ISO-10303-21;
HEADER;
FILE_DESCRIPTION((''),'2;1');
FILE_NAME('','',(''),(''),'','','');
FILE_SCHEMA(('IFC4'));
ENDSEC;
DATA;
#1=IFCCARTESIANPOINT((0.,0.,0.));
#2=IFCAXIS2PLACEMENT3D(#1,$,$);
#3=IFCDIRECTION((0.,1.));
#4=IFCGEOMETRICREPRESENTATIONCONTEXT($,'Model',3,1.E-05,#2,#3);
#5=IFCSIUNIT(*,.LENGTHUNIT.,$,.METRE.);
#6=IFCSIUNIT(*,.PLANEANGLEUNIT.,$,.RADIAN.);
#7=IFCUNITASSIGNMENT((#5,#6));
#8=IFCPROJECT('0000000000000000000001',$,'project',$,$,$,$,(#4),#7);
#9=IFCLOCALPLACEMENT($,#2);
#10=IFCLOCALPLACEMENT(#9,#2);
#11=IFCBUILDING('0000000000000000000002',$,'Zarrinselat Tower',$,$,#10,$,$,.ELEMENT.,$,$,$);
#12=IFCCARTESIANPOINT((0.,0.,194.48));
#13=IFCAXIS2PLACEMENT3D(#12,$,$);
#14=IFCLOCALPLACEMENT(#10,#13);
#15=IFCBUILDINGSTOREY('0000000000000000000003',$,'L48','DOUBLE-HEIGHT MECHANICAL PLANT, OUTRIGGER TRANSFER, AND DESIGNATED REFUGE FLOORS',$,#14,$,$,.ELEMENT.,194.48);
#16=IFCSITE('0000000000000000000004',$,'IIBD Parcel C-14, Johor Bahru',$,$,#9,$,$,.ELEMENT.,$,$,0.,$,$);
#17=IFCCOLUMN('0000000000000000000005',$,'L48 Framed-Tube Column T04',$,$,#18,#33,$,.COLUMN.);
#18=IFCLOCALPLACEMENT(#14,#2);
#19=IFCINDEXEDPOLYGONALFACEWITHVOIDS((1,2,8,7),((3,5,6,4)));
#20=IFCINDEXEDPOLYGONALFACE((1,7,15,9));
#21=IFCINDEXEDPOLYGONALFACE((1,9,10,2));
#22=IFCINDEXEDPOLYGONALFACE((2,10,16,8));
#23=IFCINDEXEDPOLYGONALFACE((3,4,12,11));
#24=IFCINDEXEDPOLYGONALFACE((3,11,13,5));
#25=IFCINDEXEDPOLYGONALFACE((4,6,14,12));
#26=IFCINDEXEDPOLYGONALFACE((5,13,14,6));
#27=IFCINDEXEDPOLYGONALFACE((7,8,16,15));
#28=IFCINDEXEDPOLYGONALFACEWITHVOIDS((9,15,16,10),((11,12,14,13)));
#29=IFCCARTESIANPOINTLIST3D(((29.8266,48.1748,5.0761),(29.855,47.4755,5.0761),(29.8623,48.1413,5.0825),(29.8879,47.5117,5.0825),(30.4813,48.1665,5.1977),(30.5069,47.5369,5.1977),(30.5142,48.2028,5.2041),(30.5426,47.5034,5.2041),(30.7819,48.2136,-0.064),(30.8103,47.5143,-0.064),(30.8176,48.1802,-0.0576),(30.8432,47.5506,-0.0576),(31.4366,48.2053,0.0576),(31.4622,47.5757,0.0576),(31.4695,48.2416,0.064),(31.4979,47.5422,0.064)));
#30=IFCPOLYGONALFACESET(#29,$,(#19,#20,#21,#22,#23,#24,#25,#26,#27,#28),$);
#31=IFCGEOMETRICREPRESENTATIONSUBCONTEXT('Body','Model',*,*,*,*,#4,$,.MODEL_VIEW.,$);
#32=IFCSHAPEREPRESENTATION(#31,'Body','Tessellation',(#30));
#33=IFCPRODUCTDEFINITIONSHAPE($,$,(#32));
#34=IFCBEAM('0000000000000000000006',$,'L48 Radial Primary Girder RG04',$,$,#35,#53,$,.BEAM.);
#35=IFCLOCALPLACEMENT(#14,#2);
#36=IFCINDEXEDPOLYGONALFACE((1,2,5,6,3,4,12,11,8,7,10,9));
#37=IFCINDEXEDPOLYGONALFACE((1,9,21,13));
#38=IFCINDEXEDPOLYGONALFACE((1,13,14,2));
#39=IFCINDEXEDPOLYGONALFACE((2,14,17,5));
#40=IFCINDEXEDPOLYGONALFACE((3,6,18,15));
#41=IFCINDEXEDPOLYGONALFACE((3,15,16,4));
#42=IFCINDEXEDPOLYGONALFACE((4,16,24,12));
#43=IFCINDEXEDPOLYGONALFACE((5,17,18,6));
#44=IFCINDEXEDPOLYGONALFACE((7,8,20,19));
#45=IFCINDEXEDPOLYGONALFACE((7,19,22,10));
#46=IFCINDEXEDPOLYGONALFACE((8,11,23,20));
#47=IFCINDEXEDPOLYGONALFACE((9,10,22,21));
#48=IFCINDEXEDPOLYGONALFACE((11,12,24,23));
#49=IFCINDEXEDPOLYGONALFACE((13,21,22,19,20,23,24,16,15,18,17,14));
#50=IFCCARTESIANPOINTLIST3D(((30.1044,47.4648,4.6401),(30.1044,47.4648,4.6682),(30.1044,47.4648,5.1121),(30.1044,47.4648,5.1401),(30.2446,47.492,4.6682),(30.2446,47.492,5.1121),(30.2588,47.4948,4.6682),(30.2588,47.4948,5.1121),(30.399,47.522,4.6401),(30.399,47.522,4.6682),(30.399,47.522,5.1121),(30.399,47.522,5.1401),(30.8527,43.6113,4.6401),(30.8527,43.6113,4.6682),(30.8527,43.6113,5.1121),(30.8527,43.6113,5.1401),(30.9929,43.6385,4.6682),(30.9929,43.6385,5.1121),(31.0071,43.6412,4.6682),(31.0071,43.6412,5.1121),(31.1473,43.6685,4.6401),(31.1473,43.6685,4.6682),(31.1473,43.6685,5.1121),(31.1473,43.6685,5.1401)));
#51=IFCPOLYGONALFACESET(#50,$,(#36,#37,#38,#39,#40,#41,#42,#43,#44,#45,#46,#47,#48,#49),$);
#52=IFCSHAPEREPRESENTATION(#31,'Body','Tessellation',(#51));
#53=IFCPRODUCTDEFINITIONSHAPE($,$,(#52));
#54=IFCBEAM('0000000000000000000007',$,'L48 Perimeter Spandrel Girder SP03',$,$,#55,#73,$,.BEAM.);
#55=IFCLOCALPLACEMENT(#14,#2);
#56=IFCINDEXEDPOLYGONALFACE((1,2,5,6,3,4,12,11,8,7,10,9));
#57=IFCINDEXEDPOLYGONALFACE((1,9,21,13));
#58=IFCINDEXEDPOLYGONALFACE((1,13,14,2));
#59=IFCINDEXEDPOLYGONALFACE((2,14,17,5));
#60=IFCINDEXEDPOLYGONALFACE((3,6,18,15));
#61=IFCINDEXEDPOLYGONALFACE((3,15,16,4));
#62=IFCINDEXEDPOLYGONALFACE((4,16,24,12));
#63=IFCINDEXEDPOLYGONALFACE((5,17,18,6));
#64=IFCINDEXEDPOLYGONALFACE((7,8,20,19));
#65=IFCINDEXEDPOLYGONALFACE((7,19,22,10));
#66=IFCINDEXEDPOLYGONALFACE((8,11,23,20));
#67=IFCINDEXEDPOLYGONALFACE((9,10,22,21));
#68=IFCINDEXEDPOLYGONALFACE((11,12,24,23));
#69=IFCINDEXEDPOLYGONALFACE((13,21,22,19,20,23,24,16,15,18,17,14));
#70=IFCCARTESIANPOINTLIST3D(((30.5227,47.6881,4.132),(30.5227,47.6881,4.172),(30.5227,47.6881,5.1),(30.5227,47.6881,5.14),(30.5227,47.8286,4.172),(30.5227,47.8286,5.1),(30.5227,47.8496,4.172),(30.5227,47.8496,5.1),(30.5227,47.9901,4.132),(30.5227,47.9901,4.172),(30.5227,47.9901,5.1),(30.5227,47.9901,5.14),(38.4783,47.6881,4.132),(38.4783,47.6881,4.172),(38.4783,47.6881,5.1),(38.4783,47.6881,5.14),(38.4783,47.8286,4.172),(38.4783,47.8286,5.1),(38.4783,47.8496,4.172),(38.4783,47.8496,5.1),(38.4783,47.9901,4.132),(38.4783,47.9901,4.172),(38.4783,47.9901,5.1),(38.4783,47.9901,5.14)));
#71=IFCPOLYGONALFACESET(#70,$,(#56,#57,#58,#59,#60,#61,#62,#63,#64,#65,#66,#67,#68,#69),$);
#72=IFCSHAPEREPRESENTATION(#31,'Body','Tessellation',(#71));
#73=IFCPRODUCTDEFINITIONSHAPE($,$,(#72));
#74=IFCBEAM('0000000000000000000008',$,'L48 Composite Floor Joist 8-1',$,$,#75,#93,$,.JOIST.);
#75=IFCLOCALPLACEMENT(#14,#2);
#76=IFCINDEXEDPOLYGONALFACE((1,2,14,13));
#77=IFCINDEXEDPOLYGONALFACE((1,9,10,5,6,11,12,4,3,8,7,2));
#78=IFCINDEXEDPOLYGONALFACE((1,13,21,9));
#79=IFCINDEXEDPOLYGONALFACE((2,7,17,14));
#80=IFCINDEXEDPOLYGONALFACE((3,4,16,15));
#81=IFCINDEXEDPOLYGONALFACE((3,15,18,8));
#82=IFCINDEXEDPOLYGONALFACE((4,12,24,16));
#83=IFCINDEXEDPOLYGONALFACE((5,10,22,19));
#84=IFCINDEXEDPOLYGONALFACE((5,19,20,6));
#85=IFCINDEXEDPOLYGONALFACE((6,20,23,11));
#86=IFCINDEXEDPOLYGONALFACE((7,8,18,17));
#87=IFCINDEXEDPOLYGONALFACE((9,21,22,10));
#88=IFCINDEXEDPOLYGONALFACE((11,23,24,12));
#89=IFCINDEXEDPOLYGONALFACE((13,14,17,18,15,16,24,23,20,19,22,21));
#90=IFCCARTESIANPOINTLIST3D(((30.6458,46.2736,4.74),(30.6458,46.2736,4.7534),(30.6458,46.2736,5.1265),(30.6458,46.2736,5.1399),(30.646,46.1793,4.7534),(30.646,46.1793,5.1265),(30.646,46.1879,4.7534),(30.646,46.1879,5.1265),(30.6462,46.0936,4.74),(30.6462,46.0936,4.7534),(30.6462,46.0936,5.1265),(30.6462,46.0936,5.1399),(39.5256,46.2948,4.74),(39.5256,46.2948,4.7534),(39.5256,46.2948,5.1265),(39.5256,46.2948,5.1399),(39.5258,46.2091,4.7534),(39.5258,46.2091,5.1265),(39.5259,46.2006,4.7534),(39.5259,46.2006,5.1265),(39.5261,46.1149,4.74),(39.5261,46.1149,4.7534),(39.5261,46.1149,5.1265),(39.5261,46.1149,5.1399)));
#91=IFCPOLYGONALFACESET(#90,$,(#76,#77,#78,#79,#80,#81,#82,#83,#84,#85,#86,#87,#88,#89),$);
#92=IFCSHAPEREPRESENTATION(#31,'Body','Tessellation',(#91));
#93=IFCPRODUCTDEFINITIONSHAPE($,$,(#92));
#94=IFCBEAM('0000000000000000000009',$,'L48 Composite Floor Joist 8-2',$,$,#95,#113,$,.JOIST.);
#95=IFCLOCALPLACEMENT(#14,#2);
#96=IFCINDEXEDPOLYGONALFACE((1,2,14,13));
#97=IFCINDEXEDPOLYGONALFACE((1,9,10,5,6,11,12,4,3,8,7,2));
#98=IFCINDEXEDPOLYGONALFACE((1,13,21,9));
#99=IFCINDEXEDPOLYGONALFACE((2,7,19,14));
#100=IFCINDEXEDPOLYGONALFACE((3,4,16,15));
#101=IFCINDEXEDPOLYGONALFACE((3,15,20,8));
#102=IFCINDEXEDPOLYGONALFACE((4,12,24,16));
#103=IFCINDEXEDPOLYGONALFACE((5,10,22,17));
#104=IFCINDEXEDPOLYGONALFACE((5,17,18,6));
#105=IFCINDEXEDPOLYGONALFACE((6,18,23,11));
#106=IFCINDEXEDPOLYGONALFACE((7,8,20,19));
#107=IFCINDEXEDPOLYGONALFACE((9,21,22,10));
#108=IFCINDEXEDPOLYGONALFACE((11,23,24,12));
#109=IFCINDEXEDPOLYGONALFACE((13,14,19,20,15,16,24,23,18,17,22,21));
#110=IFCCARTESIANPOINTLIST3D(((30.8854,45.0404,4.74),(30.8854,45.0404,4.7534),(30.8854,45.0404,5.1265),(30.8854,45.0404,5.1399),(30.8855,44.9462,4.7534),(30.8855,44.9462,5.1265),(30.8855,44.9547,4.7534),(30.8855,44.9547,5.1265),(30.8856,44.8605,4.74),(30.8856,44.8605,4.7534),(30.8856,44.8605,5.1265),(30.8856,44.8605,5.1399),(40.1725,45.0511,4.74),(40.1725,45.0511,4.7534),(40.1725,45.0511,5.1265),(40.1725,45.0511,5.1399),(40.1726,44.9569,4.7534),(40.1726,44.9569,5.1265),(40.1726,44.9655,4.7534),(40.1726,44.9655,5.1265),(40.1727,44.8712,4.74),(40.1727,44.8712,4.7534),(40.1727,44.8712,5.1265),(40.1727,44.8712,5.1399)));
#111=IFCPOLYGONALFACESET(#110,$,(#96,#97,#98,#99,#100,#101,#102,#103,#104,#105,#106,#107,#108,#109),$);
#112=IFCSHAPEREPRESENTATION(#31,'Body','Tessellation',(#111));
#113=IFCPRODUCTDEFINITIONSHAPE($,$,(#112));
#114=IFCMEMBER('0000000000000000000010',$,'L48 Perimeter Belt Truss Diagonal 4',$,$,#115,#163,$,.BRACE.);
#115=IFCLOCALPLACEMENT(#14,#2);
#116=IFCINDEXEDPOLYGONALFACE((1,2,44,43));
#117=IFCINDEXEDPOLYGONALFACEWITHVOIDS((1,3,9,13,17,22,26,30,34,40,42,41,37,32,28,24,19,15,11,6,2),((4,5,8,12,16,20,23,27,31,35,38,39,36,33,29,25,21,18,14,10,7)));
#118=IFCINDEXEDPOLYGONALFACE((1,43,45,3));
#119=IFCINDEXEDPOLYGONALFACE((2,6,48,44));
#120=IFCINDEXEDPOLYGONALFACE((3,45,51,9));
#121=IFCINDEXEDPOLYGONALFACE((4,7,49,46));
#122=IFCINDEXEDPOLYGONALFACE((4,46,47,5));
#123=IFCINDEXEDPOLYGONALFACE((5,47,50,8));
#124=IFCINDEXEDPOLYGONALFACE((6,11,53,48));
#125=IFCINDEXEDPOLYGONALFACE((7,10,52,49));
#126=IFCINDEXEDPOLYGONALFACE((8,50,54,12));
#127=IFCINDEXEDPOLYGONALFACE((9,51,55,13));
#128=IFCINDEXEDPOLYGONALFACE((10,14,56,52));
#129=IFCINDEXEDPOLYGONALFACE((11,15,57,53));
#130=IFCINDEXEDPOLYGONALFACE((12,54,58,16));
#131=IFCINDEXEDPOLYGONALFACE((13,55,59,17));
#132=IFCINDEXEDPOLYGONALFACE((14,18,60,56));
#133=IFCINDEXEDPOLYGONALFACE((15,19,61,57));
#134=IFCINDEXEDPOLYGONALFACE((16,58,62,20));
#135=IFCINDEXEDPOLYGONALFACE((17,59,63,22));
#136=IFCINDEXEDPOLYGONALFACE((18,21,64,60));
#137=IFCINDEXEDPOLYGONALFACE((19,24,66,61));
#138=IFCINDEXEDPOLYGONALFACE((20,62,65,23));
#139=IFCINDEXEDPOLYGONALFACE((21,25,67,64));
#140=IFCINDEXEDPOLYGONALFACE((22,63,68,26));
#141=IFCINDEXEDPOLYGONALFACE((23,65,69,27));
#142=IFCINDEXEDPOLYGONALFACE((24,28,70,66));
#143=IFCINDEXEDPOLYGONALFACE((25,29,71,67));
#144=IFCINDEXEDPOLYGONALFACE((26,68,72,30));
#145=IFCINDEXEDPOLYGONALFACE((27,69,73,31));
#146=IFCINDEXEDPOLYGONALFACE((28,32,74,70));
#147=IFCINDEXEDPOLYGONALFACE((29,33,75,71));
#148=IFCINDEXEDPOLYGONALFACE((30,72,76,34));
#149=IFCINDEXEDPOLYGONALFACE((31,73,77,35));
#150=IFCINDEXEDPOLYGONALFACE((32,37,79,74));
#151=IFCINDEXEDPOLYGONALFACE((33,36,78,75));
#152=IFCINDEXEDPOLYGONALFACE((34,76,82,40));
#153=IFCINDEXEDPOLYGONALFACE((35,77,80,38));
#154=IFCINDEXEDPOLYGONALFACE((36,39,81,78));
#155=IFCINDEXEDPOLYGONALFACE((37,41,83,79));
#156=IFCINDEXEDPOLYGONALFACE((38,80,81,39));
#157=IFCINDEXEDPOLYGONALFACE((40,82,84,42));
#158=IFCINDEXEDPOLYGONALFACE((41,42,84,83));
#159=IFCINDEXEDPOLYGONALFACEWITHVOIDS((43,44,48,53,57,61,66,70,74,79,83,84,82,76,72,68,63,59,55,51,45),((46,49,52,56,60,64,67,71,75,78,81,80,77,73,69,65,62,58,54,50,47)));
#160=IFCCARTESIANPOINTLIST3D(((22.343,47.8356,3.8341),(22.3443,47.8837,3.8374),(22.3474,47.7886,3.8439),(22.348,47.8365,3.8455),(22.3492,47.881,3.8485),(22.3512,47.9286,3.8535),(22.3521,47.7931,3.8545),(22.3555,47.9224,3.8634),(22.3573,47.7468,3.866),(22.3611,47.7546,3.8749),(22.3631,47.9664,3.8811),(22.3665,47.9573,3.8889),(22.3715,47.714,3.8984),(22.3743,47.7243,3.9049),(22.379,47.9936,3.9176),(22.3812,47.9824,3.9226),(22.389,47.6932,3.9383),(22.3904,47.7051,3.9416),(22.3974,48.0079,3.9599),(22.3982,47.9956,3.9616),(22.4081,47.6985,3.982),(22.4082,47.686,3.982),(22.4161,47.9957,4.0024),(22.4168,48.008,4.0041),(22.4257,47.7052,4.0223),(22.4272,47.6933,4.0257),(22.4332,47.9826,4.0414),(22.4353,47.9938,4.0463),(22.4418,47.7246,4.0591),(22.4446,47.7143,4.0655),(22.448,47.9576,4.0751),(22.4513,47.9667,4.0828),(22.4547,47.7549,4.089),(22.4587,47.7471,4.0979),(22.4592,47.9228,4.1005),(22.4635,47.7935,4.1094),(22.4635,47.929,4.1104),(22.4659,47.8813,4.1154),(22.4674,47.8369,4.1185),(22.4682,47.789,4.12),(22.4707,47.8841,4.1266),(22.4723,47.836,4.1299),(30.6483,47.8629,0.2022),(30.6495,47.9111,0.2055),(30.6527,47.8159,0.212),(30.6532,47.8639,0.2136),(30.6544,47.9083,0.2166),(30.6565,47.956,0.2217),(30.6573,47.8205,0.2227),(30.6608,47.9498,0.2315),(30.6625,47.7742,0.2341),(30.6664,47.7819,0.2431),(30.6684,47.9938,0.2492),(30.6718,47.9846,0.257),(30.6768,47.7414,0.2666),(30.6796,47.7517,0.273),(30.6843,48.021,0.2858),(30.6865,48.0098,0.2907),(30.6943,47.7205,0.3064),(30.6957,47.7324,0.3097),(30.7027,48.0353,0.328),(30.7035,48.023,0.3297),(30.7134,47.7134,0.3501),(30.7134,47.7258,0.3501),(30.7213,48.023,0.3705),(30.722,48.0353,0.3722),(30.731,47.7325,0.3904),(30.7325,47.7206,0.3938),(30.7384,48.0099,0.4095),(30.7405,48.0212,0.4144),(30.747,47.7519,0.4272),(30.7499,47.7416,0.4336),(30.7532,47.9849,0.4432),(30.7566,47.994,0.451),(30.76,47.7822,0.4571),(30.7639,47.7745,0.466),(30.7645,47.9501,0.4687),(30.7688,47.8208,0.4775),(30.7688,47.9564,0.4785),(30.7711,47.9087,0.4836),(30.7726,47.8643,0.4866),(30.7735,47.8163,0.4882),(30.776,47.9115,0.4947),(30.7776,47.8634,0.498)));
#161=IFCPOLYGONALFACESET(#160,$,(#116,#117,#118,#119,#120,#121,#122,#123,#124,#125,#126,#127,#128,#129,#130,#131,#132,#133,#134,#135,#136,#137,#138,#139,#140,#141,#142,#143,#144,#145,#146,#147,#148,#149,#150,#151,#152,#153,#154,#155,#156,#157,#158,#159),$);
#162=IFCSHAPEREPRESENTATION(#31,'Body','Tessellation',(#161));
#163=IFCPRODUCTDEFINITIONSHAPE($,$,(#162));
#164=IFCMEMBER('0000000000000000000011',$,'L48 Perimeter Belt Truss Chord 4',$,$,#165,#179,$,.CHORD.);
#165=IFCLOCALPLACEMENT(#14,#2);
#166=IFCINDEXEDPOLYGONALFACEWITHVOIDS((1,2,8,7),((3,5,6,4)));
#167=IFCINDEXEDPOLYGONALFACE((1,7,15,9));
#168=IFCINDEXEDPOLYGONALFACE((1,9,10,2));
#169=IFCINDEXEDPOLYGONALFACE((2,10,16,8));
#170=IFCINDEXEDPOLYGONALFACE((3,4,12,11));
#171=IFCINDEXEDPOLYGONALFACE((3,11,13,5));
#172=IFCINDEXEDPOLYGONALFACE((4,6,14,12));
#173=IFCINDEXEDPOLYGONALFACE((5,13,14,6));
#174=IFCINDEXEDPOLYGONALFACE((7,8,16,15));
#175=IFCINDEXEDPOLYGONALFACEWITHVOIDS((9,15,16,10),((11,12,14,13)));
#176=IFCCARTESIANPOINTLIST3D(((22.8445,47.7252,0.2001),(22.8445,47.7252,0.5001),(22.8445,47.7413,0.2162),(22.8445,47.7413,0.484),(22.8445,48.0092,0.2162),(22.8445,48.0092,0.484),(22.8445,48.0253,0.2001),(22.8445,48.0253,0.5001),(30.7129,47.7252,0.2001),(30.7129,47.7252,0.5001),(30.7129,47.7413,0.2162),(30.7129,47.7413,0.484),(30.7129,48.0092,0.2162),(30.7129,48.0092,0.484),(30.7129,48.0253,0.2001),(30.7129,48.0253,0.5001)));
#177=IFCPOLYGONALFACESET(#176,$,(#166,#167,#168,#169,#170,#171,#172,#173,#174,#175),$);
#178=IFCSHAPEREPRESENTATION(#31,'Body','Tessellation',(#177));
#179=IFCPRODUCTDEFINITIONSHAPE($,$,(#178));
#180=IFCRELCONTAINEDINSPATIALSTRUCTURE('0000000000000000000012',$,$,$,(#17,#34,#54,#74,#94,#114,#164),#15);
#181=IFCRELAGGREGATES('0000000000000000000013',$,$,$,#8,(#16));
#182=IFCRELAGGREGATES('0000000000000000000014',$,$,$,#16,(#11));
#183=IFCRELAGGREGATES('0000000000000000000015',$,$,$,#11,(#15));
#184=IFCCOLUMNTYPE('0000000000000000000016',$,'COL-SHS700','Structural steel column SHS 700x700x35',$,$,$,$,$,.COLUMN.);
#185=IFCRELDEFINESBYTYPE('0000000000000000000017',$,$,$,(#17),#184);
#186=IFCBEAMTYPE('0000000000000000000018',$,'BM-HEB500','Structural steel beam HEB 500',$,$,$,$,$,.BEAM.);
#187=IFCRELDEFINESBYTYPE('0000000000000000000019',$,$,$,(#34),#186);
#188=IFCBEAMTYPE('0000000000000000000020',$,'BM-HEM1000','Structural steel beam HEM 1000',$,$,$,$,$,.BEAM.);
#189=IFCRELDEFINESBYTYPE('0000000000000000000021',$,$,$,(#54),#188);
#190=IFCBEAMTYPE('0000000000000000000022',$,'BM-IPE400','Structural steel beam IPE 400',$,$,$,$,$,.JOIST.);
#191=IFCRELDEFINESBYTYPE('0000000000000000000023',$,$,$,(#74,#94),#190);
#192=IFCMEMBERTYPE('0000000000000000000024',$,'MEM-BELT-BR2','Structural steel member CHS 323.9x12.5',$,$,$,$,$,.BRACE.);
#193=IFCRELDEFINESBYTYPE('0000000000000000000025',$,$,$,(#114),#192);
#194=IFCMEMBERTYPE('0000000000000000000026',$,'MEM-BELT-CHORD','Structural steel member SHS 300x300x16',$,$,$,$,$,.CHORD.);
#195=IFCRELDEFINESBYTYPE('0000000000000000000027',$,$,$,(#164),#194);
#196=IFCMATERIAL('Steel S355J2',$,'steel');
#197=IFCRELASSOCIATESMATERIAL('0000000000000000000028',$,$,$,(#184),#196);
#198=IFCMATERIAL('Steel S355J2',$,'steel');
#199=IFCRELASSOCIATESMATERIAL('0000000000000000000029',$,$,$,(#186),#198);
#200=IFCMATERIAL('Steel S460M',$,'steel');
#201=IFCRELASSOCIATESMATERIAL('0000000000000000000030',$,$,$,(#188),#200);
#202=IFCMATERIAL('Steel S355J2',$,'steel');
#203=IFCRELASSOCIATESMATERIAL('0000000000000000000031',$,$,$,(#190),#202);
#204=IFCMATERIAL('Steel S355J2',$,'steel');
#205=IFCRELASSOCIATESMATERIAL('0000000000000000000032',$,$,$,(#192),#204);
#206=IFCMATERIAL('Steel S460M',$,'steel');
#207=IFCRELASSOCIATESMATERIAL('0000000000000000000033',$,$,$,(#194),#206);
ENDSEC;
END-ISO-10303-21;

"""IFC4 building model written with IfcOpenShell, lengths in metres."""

from ifc_helpers import new_model, si_unit, direction, frame, origin, origin_2d, place, context, subcontext, project, spatial, hollow_rectangle, hollow_circle, i_section, extrude, material, material_profile, profile_set, type_object, element, save


model = new_model("IFC4")

# Units and contexts
model_context = context("Model", 3, precision=1e-05, world=origin(), true_north=direction((0.0, 1.0)))
body_context = subcontext(model_context, "Body", "Model", "MODEL_VIEW")
ifc_project = project(units=[si_unit("LENGTHUNIT", "METRE"), si_unit("PLANEANGLEUNIT", "RADIAN")], contexts=[model_context])

# Site, building, storey
site_placement = place(None, origin())
site = spatial("IfcSite", under=ifc_project, at=site_placement, Name="IIBD Parcel C-14, Johor Bahru", CompositionType="ELEMENT", RefElevation=0.0)
building_placement = place(site_placement, origin())
building = spatial("IfcBuilding", under=site, at=building_placement, Name="Zarrinselat Tower", CompositionType="ELEMENT")
storey_placement = place(building_placement, frame((0.0, 0.0, 194.48)))
storey = spatial("IfcBuildingStorey", under=building, at=storey_placement, Name="L48", Description="DOUBLE-HEIGHT MECHANICAL PLANT, OUTRIGGER TRANSFER, AND DESIGNATED REFUGE FLOORS", CompositionType="ELEMENT", Elevation=194.48)

# Column
ifc_material_1 = material(Name="Steel S355J2", Category="steel")
ifc_material_profile_1 = material_profile(ifc_material_1, hollow_rectangle(XDim=0.7, YDim=0.7, WallThickness=0.0349, at=origin_2d()), Name="SHS 700x700x35")
ifc_profile_set_1 = profile_set([ifc_material_profile_1], Name="Steel S355J2")
column_type = type_object("IfcColumnType", Name="COL-SHS700", Description="Structural steel column SHS 700x700x35", PredefinedType="COLUMN", material=ifc_profile_set_1)
column_placement = place(storey_placement, frame((31.1399, 47.8779, 0.0), z_axis=(-0.182721, -0.007425, 0.983137), x_axis=(0.0406, -0.999175, 0.0)))
element("IfcColumn", 1, at=column_placement, inside=storey, type_object=column_type, Name="L48 Framed-Tube Column T04", PredefinedType="COLUMN", context=body_context, shape_type="SweptSolid", body=[
    extrude(hollow_rectangle(XDim=0.7, YDim=0.7, WallThickness=0.0349, at=origin_2d()), origin(), (0.0, 0.0, 1.0), 5.2283),
])

# Beams
ifc_material_2 = material(Name="Steel S355J2", Category="steel")
ifc_material_profile_2 = material_profile(ifc_material_2, i_section(OverallWidth=0.3, OverallDepth=0.5, WebThickness=0.0144, FlangeThickness=0.0281, at=origin_2d()), Name="HEB 500")
ifc_profile_set_2 = profile_set([ifc_material_profile_2], Name="Steel S355J2")
beam_type_1 = type_object("IfcBeamType", Name="BM-HEB500", Description="Structural steel beam HEB 500", PredefinedType="BEAM", material=ifc_profile_set_2)
beam_1_placement = place(storey_placement, frame((30.2517, 47.4934, 4.8901), z_axis=(0.190623, -0.981663, 0.0), x_axis=(0.981663, 0.190623, 0.0)))
element("IfcBeam", 2, at=beam_1_placement, inside=storey, type_object=beam_type_1, Name="L48 Radial Primary Girder RG04", PredefinedType="BEAM", context=body_context, shape_type="SweptSolid", body=[
    extrude(i_section(OverallWidth=0.3, OverallDepth=0.5, WebThickness=0.0144, FlangeThickness=0.0281, at=origin_2d()), origin(), (0.0, 0.0, 1.0), 3.9255),
])
ifc_material_3 = material(Name="Steel S460M", Category="steel")
ifc_material_profile_3 = material_profile(ifc_material_3, i_section(OverallWidth=0.302, OverallDepth=1.0081, WebThickness=0.021, FlangeThickness=0.04, at=origin_2d()), Name="HEM 1000")
ifc_profile_set_3 = profile_set([ifc_material_profile_3], Name="Steel S460M")
beam_type_2 = type_object("IfcBeamType", Name="BM-HEM1000", Description="Structural steel beam HEM 1000", PredefinedType="BEAM", material=ifc_profile_set_3)
beam_2_placement = place(storey_placement, frame((30.5227, 47.8391, 4.636), z_axis=(1.0, 0.0, 0.0), x_axis=(0.0, 1.0, 0.0)))
element("IfcBeam", 3, at=beam_2_placement, inside=storey, type_object=beam_type_2, Name="L48 Perimeter Spandrel Girder SP03", PredefinedType="BEAM", context=body_context, shape_type="SweptSolid", body=[
    extrude(i_section(OverallWidth=0.302, OverallDepth=1.0081, WebThickness=0.021, FlangeThickness=0.04, at=origin_2d()), origin(), (0.0, 0.0, 1.0), 7.9556),
])
ifc_material_4 = material(Name="Steel S355J2", Category="steel")
ifc_material_profile_4 = material_profile(ifc_material_4, i_section(OverallWidth=0.1799, OverallDepth=0.3999, WebThickness=0.0085, FlangeThickness=0.0134, at=origin_2d()), Name="IPE 400")
ifc_profile_set_4 = profile_set([ifc_material_profile_4], Name="Steel S355J2")
beam_type_3 = type_object("IfcBeamType", Name="BM-IPE400", Description="Structural steel beam IPE 400", PredefinedType="JOIST", material=ifc_profile_set_4)
beam_3_placement = place(storey_placement, frame((30.646, 46.1836, 4.9399), z_axis=(0.999997, 0.002392, 0.0), x_axis=(-0.002392, 0.999997, 0.0)))
element("IfcBeam", 4, at=beam_3_placement, inside=storey, type_object=beam_type_3, Name="L48 Composite Floor Joist 8-1", PredefinedType="JOIST", context=body_context, shape_type="SweptSolid", body=[
    extrude(i_section(OverallWidth=0.1799, OverallDepth=0.3999, WebThickness=0.0085, FlangeThickness=0.0134, at=origin_2d()), origin(), (0.0, 0.0, 1.0), 8.8799),
])
beam_4_placement = place(storey_placement, frame((30.8855, 44.9504, 4.9399), z_axis=(0.999999, 0.001157, 0.0), x_axis=(-0.001157, 0.999999, 0.0)))
element("IfcBeam", 5, at=beam_4_placement, inside=storey, type_object=beam_type_3, Name="L48 Composite Floor Joist 8-2", PredefinedType="JOIST", context=body_context, shape_type="SweptSolid", body=[
    extrude(i_section(OverallWidth=0.1799, OverallDepth=0.3999, WebThickness=0.0085, FlangeThickness=0.0134, at=origin_2d()), origin(), (0.0, 0.0, 1.0), 9.2871),
])

# Members
ifc_material_5 = material(Name="Steel S355J2", Category="steel")
ifc_material_profile_5 = material_profile(ifc_material_5, hollow_circle(Radius=0.1619, WallThickness=0.0125, at=origin_2d()), Name="CHS 323.9x12.5")
ifc_profile_set_5 = profile_set([ifc_material_profile_5], Name="Steel S355J2")
member_type_1 = type_object("IfcMemberType", Name="MEM-BELT-BR2", Description="Structural steel member CHS 323.9x12.5", PredefinedType="BRACE", material=ifc_profile_set_5)
member_1_placement = place(storey_placement, frame((30.7129, 47.8752, 0.3501), z_axis=(-0.916221, -0.003017, 0.400662), x_axis=(0.003292, -0.999995, 0.0)))
element("IfcMember", 6, at=member_1_placement, inside=storey, type_object=member_type_1, Name="L48 Perimeter Belt Truss Diagonal 4", PredefinedType="BRACE", context=body_context, shape_type="SweptSolid", body=[
    extrude(hollow_circle(Radius=0.1619, WallThickness=0.0125, at=origin_2d()), origin(), (0.0, 0.0, 1.0), 9.0647),
])
ifc_material_6 = material(Name="Steel S460M", Category="steel")
ifc_material_profile_6 = material_profile(ifc_material_6, hollow_rectangle(XDim=0.3, YDim=0.3, WallThickness=0.0161, at=origin_2d()), Name="SHS 300x300x16")
ifc_profile_set_6 = profile_set([ifc_material_profile_6], Name="Steel S460M")
member_type_2 = type_object("IfcMemberType", Name="MEM-BELT-CHORD", Description="Structural steel member SHS 300x300x16", PredefinedType="CHORD", material=ifc_profile_set_6)
member_2_placement = place(storey_placement, frame((30.7129, 47.8752, 0.3501), z_axis=(-1.0, 0.0, 0.0), x_axis=(0.0, -1.0, 0.0)))
element("IfcMember", 7, at=member_2_placement, inside=storey, type_object=member_type_2, Name="L48 Perimeter Belt Truss Chord 4", PredefinedType="CHORD", context=body_context, shape_type="SweptSolid", body=[
    extrude(hollow_rectangle(XDim=0.3, YDim=0.3, WallThickness=0.0161, at=origin_2d()), origin(), (0.0, 0.0, 1.0), 7.8684),
])

save(model, "model.ifc")
